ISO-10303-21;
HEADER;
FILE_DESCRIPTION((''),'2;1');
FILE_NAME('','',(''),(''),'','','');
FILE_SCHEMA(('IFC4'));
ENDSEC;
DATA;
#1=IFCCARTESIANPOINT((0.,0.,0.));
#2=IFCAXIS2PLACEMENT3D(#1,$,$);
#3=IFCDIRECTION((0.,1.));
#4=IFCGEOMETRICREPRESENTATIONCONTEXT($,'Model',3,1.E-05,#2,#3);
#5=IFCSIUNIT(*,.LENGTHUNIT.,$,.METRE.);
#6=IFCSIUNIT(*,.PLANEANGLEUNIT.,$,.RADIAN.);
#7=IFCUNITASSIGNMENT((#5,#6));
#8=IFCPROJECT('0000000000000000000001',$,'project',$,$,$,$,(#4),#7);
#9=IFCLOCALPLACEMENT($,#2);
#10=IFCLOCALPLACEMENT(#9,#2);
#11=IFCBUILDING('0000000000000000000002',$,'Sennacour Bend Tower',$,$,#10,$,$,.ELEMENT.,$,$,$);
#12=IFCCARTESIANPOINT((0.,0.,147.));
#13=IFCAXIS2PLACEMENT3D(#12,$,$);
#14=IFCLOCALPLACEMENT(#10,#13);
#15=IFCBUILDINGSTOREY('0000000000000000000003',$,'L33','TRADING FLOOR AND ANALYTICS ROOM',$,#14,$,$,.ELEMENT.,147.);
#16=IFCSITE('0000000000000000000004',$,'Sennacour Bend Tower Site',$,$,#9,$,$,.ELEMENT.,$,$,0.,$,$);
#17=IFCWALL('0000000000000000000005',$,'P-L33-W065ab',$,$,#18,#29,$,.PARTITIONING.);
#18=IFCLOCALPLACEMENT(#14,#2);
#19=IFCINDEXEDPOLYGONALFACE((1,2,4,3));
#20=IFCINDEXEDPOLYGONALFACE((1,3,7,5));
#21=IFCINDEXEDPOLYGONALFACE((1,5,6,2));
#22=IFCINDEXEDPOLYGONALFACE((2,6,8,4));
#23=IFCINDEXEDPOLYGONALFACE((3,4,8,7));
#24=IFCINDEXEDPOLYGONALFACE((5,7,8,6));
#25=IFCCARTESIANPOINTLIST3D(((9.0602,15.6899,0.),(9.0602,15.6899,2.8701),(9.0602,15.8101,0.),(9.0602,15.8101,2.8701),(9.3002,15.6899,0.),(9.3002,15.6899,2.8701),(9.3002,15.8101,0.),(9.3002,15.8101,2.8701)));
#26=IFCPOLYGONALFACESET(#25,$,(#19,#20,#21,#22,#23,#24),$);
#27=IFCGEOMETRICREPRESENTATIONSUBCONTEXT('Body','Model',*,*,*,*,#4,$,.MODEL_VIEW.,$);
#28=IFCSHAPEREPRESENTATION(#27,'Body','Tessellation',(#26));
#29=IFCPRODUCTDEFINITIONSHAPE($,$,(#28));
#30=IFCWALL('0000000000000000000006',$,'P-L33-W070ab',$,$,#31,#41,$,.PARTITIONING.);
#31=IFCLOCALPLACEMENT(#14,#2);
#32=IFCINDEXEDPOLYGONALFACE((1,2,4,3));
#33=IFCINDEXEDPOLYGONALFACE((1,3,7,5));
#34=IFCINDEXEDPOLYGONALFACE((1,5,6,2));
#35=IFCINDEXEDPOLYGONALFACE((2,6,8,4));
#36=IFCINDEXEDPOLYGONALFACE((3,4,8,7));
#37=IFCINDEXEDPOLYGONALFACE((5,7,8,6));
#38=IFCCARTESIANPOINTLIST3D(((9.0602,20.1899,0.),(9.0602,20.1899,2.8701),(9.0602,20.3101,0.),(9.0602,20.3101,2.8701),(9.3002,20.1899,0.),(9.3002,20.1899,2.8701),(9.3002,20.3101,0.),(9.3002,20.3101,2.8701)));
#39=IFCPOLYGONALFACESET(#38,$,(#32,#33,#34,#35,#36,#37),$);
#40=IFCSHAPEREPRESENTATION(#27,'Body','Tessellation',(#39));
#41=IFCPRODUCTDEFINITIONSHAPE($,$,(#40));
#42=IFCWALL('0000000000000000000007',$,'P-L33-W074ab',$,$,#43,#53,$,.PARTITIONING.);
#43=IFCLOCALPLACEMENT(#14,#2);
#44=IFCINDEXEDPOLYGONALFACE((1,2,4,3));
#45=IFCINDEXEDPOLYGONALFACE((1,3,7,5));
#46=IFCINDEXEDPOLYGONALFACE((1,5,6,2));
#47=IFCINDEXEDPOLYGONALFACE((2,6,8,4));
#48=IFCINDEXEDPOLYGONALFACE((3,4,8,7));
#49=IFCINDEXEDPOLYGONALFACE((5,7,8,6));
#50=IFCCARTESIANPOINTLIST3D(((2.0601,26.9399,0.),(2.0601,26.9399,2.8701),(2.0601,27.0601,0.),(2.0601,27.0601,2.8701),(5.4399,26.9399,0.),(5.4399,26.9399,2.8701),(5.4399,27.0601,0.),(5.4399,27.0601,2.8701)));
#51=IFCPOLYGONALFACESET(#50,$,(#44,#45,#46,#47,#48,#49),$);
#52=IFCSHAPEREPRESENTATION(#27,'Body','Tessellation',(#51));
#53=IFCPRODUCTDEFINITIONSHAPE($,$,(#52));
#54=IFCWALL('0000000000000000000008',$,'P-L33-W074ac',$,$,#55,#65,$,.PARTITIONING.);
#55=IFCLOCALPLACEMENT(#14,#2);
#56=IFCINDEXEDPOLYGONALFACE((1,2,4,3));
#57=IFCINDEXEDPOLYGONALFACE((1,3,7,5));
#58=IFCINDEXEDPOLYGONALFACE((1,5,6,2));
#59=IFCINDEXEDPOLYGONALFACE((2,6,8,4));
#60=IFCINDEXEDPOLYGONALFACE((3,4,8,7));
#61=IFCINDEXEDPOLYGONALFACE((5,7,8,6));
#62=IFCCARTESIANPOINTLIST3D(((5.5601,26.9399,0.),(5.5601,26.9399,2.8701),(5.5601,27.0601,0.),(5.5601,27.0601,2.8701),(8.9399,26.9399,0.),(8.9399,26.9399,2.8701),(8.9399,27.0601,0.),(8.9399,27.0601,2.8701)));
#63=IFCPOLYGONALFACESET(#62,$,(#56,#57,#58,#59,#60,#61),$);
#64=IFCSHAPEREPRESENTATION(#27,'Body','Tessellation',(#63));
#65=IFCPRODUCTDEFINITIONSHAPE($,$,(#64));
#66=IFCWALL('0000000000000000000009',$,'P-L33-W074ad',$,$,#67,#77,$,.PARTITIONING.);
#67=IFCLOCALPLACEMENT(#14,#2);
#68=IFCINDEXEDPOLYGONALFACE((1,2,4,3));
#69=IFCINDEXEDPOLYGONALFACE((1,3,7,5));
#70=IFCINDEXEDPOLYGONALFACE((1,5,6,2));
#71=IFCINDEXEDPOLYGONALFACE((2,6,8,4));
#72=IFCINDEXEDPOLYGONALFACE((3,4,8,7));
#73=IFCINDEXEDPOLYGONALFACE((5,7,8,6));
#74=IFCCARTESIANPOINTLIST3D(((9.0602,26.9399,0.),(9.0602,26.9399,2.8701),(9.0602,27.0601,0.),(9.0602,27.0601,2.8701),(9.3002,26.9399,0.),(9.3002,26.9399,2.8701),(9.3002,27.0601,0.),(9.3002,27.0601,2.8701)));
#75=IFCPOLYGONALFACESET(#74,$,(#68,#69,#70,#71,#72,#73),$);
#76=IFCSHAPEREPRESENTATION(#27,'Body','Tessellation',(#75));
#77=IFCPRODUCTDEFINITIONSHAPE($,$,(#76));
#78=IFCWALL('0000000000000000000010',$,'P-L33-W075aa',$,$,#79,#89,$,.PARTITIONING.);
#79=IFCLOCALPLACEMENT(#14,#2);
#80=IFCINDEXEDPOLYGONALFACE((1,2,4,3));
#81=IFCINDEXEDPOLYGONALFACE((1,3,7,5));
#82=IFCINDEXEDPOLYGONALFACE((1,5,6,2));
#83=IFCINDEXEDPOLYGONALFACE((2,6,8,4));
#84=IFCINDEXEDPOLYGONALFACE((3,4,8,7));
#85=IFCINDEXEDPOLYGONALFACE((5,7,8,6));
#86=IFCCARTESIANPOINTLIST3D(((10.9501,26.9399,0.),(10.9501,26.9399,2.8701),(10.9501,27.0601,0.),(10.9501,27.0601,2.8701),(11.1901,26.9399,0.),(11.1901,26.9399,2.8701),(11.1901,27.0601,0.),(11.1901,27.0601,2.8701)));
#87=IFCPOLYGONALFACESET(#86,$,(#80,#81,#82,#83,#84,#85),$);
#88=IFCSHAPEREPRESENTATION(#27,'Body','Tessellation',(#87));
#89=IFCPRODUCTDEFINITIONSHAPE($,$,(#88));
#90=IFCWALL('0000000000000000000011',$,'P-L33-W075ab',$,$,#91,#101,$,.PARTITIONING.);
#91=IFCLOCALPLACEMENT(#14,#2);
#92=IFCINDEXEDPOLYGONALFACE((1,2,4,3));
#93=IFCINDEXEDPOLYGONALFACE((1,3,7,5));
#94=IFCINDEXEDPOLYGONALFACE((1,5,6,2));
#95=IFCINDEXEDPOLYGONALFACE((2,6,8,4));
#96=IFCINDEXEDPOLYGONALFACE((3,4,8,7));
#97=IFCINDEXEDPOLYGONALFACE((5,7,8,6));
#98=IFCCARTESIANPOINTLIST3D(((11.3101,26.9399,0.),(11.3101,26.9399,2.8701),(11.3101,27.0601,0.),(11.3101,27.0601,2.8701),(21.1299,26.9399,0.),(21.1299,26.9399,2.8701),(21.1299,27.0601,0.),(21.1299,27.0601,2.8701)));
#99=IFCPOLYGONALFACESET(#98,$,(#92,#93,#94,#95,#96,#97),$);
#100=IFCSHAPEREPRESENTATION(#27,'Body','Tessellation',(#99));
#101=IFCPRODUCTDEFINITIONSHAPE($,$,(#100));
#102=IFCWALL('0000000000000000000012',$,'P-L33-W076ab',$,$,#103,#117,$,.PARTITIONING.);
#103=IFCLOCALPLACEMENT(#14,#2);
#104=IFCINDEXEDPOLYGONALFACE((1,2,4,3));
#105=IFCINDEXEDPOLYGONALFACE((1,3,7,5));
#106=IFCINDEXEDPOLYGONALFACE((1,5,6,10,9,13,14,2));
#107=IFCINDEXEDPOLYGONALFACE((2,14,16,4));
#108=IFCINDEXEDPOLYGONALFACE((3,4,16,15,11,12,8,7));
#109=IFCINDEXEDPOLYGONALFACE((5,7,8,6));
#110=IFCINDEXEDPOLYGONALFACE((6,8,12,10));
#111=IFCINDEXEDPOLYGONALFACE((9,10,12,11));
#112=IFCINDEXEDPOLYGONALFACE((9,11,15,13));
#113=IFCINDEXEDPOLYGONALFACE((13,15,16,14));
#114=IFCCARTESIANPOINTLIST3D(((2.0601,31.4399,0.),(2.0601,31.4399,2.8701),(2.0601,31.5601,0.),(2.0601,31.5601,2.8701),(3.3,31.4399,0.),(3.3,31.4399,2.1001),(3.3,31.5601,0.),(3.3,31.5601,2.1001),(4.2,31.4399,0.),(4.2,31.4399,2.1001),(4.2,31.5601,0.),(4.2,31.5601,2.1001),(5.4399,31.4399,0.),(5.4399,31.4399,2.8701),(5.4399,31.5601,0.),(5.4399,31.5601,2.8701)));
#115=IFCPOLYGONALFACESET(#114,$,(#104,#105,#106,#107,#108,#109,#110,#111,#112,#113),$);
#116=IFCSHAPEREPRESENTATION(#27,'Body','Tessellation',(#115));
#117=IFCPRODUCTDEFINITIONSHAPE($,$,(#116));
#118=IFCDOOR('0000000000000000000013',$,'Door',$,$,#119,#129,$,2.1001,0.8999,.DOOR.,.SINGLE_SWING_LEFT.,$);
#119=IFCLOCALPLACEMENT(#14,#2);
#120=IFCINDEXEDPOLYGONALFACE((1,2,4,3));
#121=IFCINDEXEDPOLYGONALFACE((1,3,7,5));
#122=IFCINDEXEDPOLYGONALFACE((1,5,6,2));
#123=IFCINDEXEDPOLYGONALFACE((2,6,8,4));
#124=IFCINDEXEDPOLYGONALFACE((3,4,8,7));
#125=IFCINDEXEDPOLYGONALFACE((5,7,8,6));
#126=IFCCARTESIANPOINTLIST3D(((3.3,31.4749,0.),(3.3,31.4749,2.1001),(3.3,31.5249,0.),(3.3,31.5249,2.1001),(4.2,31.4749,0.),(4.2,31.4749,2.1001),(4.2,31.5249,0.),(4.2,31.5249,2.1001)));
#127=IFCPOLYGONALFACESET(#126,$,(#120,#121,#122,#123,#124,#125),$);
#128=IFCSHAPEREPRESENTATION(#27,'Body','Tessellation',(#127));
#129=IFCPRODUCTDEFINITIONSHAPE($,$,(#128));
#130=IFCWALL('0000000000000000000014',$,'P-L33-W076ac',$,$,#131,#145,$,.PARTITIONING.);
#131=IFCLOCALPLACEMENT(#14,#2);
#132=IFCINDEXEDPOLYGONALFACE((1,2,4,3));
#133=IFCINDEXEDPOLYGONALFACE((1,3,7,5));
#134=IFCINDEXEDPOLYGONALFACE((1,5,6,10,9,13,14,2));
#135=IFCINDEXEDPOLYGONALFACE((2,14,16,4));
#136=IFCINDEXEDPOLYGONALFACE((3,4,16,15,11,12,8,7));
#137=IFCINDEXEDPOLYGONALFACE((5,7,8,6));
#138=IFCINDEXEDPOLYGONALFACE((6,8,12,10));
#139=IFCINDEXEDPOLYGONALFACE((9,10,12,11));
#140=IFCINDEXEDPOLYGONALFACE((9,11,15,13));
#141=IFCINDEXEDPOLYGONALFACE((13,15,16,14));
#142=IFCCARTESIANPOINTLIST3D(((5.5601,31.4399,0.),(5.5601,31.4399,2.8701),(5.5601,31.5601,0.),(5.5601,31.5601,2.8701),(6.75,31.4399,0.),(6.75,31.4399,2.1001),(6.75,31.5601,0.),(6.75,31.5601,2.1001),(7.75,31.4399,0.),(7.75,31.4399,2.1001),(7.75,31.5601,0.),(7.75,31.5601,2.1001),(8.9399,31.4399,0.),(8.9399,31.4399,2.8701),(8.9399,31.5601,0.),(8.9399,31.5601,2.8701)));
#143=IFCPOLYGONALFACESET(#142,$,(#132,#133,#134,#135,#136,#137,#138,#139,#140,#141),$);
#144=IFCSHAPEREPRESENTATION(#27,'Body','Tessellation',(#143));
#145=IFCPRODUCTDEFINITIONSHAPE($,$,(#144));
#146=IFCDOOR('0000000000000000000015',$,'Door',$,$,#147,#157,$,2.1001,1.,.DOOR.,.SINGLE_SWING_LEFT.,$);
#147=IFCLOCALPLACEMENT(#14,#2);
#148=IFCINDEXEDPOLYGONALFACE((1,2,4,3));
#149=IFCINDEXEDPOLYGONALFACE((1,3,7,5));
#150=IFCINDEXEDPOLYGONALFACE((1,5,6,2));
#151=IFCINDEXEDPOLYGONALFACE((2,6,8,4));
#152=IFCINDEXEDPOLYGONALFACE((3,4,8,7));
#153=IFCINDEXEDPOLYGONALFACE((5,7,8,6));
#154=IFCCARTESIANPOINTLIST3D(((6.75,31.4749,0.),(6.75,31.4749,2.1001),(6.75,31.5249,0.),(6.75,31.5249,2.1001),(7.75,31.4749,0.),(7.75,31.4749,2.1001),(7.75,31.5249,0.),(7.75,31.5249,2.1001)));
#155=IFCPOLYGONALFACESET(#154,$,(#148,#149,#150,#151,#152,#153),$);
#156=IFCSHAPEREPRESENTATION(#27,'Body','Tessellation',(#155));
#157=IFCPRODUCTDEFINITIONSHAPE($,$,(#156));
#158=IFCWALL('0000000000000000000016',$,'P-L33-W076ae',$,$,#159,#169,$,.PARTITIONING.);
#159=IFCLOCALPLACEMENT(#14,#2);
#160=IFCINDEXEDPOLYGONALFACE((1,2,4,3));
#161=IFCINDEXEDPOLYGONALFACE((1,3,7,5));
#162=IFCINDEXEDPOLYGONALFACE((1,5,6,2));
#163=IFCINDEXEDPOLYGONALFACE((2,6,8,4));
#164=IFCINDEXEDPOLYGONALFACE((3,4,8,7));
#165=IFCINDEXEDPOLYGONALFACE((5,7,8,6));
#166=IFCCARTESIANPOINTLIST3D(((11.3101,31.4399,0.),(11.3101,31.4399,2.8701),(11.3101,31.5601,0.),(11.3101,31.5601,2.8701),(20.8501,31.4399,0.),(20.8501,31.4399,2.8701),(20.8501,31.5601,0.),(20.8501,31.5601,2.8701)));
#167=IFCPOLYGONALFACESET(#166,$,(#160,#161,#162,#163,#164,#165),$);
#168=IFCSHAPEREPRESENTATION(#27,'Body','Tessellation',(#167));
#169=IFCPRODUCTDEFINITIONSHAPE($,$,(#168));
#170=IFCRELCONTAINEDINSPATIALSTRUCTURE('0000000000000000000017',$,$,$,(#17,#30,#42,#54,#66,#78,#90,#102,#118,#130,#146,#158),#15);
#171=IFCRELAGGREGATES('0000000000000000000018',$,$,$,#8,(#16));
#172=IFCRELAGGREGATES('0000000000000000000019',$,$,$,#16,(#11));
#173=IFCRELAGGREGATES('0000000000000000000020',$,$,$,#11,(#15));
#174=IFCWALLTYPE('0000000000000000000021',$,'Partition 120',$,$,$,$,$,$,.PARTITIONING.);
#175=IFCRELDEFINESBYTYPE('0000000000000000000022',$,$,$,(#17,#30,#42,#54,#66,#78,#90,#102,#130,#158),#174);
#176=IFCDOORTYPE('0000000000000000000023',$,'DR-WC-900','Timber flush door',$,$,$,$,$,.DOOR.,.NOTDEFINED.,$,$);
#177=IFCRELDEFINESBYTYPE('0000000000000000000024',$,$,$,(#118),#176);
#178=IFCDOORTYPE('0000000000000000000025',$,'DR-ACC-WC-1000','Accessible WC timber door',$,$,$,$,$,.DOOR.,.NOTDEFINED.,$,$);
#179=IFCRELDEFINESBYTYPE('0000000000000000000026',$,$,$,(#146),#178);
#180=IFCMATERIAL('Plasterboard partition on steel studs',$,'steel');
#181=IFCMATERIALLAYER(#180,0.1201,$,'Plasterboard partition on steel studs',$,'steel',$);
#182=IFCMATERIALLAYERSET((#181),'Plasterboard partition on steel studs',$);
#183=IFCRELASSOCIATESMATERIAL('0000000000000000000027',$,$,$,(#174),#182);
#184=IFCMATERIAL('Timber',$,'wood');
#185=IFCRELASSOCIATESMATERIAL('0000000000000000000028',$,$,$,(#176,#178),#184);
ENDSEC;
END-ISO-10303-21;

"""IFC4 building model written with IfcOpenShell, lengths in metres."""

from ifc_helpers import new_model, si_unit, direction, frame, frame_2d, origin, place, context, subcontext, project, spatial, rectangle, extrude, material, layer, layer_set, type_object, element, fill, save


model = new_model("IFC4")

# Units and contexts
model_context = context("Model", 3, precision=1e-05, world=origin(), true_north=direction((0.0, 1.0)))
body_context = subcontext(model_context, "Body", "Model", "MODEL_VIEW")
ifc_project = project(units=[si_unit("LENGTHUNIT", "METRE"), si_unit("PLANEANGLEUNIT", "RADIAN")], contexts=[model_context])

# Site, building, storey
site_placement = place(None, origin())
site = spatial("IfcSite", under=ifc_project, at=site_placement, Name="Sennacour Bend Tower Site", CompositionType="ELEMENT", RefElevation=0.0)
building_placement = place(site_placement, origin())
building = spatial("IfcBuilding", under=site, at=building_placement, Name="Sennacour Bend Tower", CompositionType="ELEMENT")
storey_placement = place(building_placement, frame((0.0, 0.0, 147.0)))
storey = spatial("IfcBuildingStorey", under=building, at=storey_placement, Name="L33", Description="TRADING FLOOR AND ANALYTICS ROOM", CompositionType="ELEMENT", Elevation=147.0)

# Walls
ifc_material_1 = material(Name="Plasterboard partition on steel studs", Category="steel")
ifc_layer_1 = layer(ifc_material_1, 0.1201, Name="Plasterboard partition on steel studs", Category="steel")
ifc_layer_set_1 = layer_set([ifc_layer_1], Name="Plasterboard partition on steel studs")
wall_type_1 = type_object("IfcWallType", Name="Partition 120", PredefinedType="PARTITIONING", material=ifc_layer_set_1)
for number, where, z_axis, x_axis, name in (
    (1, (9.0601, 15.75, 0.0), (0.0, 0.0, 1.0), (1.0, 0.0, 0.0), "P-L33-W065ab"),
    (2, (9.0601, 20.25, 0.0), (0.0, 0.0, 1.0), (1.0, 0.0, 0.0), "P-L33-W070ab"),
):
    element("IfcWall", number, at=place(storey_placement, frame(where, z_axis=z_axis, x_axis=x_axis)), inside=storey, type_object=wall_type_1, Name=name, PredefinedType="PARTITIONING", context=body_context, shape_type="SweptSolid", body=[
        extrude(rectangle(XDim=0.24, YDim=0.1201, at=frame_2d((0.1201, 0.0))), origin(), (0.0, 0.0, 1.0), 2.8701),
    ])
for number, where, z_axis, x_axis, name in (
    (3, (2.0601, 27.0, 0.0), (0.0, 0.0, 1.0), (1.0, 0.0, 0.0), "P-L33-W074ab"),
    (4, (5.5601, 27.0, 0.0), (0.0, 0.0, 1.0), (1.0, 0.0, 0.0), "P-L33-W074ac"),
):
    element("IfcWall", number, at=place(storey_placement, frame(where, z_axis=z_axis, x_axis=x_axis)), inside=storey, type_object=wall_type_1, Name=name, PredefinedType="PARTITIONING", context=body_context, shape_type="SweptSolid", body=[
        extrude(rectangle(XDim=3.3799, YDim=0.1201, at=frame_2d((1.6899, 0.0))), origin(), (0.0, 0.0, 1.0), 2.8701),
    ])
for number, where, z_axis, x_axis, name in (
    (5, (9.0601, 27.0, 0.0), (0.0, 0.0, 1.0), (1.0, 0.0, 0.0), "P-L33-W074ad"),
    (6, (10.95, 27.0, 0.0), (0.0, 0.0, 1.0), (1.0, 0.0, 0.0), "P-L33-W075aa"),
):
    element("IfcWall", number, at=place(storey_placement, frame(where, z_axis=z_axis, x_axis=x_axis)), inside=storey, type_object=wall_type_1, Name=name, PredefinedType="PARTITIONING", context=body_context, shape_type="SweptSolid", body=[
        extrude(rectangle(XDim=0.24, YDim=0.1201, at=frame_2d((0.1201, 0.0))), origin(), (0.0, 0.0, 1.0), 2.8701),
    ])
wall_1_placement = place(storey_placement, frame((11.3101, 27.0, 0.0), z_axis=(0.0, 0.0, 1.0), x_axis=(1.0, 0.0, 0.0)))
element("IfcWall", 7, at=wall_1_placement, inside=storey, type_object=wall_type_1, Name="P-L33-W075ab", PredefinedType="PARTITIONING", context=body_context, shape_type="SweptSolid", body=[
    extrude(rectangle(XDim=9.8198, YDim=0.1201, at=frame_2d((4.9099, 0.0))), origin(), (0.0, 0.0, 1.0), 2.8701),
])

# Walls, openings, doors
wall_2_placement = place(storey_placement, frame((2.0601, 31.5, 0.0), z_axis=(0.0, 0.0, 1.0), x_axis=(1.0, 0.0, 0.0)))
wall_2 = element("IfcWall", 8, at=wall_2_placement, inside=storey, type_object=wall_type_1, Name="P-L33-W076ab", PredefinedType="PARTITIONING", context=body_context, shape_type="SweptSolid", body=[
    extrude(rectangle(XDim=3.3799, YDim=0.1201, at=frame_2d((1.6899, 0.0))), origin(), (0.0, 0.0, 1.0), 2.8701),
])
opening_1_placement = place(wall_2_placement, frame((1.24, 0.0, 0.0)))
opening_1 = element("IfcOpeningElement", 9, at=opening_1_placement, cuts=wall_2, PredefinedType="OPENING", context=body_context, shape_type="SweptSolid", body=[
    extrude(rectangle(XDim=0.8999, YDim=2.1001, at=frame_2d((0.45, 1.05))), frame((0.0, 0.0701, 0.0), z_axis=(0.0, -1.0, 0.0), x_axis=(1.0, 0.0, 0.0)), (0.0, 0.0, 1.0), 0.1401),
])
ifc_material_2 = material(Name="Timber", Category="wood")
door_type_1 = type_object("IfcDoorType", Name="DR-WC-900", Description="Timber flush door", OperationType="NOTDEFINED", PredefinedType="DOOR", material=ifc_material_2)
door_1_placement = place(opening_1_placement, origin())
door_1 = element("IfcDoor", 10, at=door_1_placement, inside=storey, type_object=door_type_1, Name="Door", OperationType="SINGLE_SWING_LEFT", OverallHeight=2.1001, OverallWidth=0.8999, PredefinedType="DOOR", context=body_context, shape_type="SweptSolid", body=[
    extrude(rectangle(XDim=0.8999, YDim=2.1001, at=frame_2d((0.45, 1.05))), frame((0.0, 0.0249, 0.0), z_axis=(0.0, -1.0, 0.0), x_axis=(1.0, 0.0, 0.0)), (0.0, 0.0, 1.0), 0.05),
])
fill(opening_1, door_1)
wall_3_placement = place(storey_placement, frame((5.5601, 31.5, 0.0), z_axis=(0.0, 0.0, 1.0), x_axis=(1.0, 0.0, 0.0)))
wall_3 = element("IfcWall", 11, at=wall_3_placement, inside=storey, type_object=wall_type_1, Name="P-L33-W076ac", PredefinedType="PARTITIONING", context=body_context, shape_type="SweptSolid", body=[
    extrude(rectangle(XDim=3.3799, YDim=0.1201, at=frame_2d((1.6899, 0.0))), origin(), (0.0, 0.0, 1.0), 2.8701),
])
opening_2_placement = place(wall_3_placement, frame((1.1899, 0.0, 0.0)))
opening_2 = element("IfcOpeningElement", 12, at=opening_2_placement, cuts=wall_3, PredefinedType="OPENING", context=body_context, shape_type="SweptSolid", body=[
    extrude(rectangle(XDim=1.0, YDim=2.1001, at=frame_2d((0.5, 1.05))), frame((0.0, 0.0701, 0.0), z_axis=(0.0, -1.0, 0.0), x_axis=(1.0, 0.0, 0.0)), (0.0, 0.0, 1.0), 0.1401),
])
door_type_2 = type_object("IfcDoorType", Name="DR-ACC-WC-1000", Description="Accessible WC timber door", OperationType="NOTDEFINED", PredefinedType="DOOR", material=ifc_material_2)
door_2_placement = place(opening_2_placement, origin())
door_2 = element("IfcDoor", 13, at=door_2_placement, inside=storey, type_object=door_type_2, Name="Door", OperationType="SINGLE_SWING_LEFT", OverallHeight=2.1001, OverallWidth=1.0, PredefinedType="DOOR", context=body_context, shape_type="SweptSolid", body=[
    extrude(rectangle(XDim=1.0, YDim=2.1001, at=frame_2d((0.5, 1.05))), frame((0.0, 0.0249, 0.0), z_axis=(0.0, -1.0, 0.0), x_axis=(1.0, 0.0, 0.0)), (0.0, 0.0, 1.0), 0.05),
])
fill(opening_2, door_2)

# Wall
wall_4_placement = place(storey_placement, frame((11.3101, 31.5, 0.0), z_axis=(0.0, 0.0, 1.0), x_axis=(1.0, 0.0, 0.0)))
element("IfcWall", 14, at=wall_4_placement, inside=storey, type_object=wall_type_1, Name="P-L33-W076ae", PredefinedType="PARTITIONING", context=body_context, shape_type="SweptSolid", body=[
    extrude(rectangle(XDim=9.54, YDim=0.1201, at=frame_2d((4.77, 0.0))), origin(), (0.0, 0.0, 1.0), 2.8701),
])

save(model, "model.ifc")
